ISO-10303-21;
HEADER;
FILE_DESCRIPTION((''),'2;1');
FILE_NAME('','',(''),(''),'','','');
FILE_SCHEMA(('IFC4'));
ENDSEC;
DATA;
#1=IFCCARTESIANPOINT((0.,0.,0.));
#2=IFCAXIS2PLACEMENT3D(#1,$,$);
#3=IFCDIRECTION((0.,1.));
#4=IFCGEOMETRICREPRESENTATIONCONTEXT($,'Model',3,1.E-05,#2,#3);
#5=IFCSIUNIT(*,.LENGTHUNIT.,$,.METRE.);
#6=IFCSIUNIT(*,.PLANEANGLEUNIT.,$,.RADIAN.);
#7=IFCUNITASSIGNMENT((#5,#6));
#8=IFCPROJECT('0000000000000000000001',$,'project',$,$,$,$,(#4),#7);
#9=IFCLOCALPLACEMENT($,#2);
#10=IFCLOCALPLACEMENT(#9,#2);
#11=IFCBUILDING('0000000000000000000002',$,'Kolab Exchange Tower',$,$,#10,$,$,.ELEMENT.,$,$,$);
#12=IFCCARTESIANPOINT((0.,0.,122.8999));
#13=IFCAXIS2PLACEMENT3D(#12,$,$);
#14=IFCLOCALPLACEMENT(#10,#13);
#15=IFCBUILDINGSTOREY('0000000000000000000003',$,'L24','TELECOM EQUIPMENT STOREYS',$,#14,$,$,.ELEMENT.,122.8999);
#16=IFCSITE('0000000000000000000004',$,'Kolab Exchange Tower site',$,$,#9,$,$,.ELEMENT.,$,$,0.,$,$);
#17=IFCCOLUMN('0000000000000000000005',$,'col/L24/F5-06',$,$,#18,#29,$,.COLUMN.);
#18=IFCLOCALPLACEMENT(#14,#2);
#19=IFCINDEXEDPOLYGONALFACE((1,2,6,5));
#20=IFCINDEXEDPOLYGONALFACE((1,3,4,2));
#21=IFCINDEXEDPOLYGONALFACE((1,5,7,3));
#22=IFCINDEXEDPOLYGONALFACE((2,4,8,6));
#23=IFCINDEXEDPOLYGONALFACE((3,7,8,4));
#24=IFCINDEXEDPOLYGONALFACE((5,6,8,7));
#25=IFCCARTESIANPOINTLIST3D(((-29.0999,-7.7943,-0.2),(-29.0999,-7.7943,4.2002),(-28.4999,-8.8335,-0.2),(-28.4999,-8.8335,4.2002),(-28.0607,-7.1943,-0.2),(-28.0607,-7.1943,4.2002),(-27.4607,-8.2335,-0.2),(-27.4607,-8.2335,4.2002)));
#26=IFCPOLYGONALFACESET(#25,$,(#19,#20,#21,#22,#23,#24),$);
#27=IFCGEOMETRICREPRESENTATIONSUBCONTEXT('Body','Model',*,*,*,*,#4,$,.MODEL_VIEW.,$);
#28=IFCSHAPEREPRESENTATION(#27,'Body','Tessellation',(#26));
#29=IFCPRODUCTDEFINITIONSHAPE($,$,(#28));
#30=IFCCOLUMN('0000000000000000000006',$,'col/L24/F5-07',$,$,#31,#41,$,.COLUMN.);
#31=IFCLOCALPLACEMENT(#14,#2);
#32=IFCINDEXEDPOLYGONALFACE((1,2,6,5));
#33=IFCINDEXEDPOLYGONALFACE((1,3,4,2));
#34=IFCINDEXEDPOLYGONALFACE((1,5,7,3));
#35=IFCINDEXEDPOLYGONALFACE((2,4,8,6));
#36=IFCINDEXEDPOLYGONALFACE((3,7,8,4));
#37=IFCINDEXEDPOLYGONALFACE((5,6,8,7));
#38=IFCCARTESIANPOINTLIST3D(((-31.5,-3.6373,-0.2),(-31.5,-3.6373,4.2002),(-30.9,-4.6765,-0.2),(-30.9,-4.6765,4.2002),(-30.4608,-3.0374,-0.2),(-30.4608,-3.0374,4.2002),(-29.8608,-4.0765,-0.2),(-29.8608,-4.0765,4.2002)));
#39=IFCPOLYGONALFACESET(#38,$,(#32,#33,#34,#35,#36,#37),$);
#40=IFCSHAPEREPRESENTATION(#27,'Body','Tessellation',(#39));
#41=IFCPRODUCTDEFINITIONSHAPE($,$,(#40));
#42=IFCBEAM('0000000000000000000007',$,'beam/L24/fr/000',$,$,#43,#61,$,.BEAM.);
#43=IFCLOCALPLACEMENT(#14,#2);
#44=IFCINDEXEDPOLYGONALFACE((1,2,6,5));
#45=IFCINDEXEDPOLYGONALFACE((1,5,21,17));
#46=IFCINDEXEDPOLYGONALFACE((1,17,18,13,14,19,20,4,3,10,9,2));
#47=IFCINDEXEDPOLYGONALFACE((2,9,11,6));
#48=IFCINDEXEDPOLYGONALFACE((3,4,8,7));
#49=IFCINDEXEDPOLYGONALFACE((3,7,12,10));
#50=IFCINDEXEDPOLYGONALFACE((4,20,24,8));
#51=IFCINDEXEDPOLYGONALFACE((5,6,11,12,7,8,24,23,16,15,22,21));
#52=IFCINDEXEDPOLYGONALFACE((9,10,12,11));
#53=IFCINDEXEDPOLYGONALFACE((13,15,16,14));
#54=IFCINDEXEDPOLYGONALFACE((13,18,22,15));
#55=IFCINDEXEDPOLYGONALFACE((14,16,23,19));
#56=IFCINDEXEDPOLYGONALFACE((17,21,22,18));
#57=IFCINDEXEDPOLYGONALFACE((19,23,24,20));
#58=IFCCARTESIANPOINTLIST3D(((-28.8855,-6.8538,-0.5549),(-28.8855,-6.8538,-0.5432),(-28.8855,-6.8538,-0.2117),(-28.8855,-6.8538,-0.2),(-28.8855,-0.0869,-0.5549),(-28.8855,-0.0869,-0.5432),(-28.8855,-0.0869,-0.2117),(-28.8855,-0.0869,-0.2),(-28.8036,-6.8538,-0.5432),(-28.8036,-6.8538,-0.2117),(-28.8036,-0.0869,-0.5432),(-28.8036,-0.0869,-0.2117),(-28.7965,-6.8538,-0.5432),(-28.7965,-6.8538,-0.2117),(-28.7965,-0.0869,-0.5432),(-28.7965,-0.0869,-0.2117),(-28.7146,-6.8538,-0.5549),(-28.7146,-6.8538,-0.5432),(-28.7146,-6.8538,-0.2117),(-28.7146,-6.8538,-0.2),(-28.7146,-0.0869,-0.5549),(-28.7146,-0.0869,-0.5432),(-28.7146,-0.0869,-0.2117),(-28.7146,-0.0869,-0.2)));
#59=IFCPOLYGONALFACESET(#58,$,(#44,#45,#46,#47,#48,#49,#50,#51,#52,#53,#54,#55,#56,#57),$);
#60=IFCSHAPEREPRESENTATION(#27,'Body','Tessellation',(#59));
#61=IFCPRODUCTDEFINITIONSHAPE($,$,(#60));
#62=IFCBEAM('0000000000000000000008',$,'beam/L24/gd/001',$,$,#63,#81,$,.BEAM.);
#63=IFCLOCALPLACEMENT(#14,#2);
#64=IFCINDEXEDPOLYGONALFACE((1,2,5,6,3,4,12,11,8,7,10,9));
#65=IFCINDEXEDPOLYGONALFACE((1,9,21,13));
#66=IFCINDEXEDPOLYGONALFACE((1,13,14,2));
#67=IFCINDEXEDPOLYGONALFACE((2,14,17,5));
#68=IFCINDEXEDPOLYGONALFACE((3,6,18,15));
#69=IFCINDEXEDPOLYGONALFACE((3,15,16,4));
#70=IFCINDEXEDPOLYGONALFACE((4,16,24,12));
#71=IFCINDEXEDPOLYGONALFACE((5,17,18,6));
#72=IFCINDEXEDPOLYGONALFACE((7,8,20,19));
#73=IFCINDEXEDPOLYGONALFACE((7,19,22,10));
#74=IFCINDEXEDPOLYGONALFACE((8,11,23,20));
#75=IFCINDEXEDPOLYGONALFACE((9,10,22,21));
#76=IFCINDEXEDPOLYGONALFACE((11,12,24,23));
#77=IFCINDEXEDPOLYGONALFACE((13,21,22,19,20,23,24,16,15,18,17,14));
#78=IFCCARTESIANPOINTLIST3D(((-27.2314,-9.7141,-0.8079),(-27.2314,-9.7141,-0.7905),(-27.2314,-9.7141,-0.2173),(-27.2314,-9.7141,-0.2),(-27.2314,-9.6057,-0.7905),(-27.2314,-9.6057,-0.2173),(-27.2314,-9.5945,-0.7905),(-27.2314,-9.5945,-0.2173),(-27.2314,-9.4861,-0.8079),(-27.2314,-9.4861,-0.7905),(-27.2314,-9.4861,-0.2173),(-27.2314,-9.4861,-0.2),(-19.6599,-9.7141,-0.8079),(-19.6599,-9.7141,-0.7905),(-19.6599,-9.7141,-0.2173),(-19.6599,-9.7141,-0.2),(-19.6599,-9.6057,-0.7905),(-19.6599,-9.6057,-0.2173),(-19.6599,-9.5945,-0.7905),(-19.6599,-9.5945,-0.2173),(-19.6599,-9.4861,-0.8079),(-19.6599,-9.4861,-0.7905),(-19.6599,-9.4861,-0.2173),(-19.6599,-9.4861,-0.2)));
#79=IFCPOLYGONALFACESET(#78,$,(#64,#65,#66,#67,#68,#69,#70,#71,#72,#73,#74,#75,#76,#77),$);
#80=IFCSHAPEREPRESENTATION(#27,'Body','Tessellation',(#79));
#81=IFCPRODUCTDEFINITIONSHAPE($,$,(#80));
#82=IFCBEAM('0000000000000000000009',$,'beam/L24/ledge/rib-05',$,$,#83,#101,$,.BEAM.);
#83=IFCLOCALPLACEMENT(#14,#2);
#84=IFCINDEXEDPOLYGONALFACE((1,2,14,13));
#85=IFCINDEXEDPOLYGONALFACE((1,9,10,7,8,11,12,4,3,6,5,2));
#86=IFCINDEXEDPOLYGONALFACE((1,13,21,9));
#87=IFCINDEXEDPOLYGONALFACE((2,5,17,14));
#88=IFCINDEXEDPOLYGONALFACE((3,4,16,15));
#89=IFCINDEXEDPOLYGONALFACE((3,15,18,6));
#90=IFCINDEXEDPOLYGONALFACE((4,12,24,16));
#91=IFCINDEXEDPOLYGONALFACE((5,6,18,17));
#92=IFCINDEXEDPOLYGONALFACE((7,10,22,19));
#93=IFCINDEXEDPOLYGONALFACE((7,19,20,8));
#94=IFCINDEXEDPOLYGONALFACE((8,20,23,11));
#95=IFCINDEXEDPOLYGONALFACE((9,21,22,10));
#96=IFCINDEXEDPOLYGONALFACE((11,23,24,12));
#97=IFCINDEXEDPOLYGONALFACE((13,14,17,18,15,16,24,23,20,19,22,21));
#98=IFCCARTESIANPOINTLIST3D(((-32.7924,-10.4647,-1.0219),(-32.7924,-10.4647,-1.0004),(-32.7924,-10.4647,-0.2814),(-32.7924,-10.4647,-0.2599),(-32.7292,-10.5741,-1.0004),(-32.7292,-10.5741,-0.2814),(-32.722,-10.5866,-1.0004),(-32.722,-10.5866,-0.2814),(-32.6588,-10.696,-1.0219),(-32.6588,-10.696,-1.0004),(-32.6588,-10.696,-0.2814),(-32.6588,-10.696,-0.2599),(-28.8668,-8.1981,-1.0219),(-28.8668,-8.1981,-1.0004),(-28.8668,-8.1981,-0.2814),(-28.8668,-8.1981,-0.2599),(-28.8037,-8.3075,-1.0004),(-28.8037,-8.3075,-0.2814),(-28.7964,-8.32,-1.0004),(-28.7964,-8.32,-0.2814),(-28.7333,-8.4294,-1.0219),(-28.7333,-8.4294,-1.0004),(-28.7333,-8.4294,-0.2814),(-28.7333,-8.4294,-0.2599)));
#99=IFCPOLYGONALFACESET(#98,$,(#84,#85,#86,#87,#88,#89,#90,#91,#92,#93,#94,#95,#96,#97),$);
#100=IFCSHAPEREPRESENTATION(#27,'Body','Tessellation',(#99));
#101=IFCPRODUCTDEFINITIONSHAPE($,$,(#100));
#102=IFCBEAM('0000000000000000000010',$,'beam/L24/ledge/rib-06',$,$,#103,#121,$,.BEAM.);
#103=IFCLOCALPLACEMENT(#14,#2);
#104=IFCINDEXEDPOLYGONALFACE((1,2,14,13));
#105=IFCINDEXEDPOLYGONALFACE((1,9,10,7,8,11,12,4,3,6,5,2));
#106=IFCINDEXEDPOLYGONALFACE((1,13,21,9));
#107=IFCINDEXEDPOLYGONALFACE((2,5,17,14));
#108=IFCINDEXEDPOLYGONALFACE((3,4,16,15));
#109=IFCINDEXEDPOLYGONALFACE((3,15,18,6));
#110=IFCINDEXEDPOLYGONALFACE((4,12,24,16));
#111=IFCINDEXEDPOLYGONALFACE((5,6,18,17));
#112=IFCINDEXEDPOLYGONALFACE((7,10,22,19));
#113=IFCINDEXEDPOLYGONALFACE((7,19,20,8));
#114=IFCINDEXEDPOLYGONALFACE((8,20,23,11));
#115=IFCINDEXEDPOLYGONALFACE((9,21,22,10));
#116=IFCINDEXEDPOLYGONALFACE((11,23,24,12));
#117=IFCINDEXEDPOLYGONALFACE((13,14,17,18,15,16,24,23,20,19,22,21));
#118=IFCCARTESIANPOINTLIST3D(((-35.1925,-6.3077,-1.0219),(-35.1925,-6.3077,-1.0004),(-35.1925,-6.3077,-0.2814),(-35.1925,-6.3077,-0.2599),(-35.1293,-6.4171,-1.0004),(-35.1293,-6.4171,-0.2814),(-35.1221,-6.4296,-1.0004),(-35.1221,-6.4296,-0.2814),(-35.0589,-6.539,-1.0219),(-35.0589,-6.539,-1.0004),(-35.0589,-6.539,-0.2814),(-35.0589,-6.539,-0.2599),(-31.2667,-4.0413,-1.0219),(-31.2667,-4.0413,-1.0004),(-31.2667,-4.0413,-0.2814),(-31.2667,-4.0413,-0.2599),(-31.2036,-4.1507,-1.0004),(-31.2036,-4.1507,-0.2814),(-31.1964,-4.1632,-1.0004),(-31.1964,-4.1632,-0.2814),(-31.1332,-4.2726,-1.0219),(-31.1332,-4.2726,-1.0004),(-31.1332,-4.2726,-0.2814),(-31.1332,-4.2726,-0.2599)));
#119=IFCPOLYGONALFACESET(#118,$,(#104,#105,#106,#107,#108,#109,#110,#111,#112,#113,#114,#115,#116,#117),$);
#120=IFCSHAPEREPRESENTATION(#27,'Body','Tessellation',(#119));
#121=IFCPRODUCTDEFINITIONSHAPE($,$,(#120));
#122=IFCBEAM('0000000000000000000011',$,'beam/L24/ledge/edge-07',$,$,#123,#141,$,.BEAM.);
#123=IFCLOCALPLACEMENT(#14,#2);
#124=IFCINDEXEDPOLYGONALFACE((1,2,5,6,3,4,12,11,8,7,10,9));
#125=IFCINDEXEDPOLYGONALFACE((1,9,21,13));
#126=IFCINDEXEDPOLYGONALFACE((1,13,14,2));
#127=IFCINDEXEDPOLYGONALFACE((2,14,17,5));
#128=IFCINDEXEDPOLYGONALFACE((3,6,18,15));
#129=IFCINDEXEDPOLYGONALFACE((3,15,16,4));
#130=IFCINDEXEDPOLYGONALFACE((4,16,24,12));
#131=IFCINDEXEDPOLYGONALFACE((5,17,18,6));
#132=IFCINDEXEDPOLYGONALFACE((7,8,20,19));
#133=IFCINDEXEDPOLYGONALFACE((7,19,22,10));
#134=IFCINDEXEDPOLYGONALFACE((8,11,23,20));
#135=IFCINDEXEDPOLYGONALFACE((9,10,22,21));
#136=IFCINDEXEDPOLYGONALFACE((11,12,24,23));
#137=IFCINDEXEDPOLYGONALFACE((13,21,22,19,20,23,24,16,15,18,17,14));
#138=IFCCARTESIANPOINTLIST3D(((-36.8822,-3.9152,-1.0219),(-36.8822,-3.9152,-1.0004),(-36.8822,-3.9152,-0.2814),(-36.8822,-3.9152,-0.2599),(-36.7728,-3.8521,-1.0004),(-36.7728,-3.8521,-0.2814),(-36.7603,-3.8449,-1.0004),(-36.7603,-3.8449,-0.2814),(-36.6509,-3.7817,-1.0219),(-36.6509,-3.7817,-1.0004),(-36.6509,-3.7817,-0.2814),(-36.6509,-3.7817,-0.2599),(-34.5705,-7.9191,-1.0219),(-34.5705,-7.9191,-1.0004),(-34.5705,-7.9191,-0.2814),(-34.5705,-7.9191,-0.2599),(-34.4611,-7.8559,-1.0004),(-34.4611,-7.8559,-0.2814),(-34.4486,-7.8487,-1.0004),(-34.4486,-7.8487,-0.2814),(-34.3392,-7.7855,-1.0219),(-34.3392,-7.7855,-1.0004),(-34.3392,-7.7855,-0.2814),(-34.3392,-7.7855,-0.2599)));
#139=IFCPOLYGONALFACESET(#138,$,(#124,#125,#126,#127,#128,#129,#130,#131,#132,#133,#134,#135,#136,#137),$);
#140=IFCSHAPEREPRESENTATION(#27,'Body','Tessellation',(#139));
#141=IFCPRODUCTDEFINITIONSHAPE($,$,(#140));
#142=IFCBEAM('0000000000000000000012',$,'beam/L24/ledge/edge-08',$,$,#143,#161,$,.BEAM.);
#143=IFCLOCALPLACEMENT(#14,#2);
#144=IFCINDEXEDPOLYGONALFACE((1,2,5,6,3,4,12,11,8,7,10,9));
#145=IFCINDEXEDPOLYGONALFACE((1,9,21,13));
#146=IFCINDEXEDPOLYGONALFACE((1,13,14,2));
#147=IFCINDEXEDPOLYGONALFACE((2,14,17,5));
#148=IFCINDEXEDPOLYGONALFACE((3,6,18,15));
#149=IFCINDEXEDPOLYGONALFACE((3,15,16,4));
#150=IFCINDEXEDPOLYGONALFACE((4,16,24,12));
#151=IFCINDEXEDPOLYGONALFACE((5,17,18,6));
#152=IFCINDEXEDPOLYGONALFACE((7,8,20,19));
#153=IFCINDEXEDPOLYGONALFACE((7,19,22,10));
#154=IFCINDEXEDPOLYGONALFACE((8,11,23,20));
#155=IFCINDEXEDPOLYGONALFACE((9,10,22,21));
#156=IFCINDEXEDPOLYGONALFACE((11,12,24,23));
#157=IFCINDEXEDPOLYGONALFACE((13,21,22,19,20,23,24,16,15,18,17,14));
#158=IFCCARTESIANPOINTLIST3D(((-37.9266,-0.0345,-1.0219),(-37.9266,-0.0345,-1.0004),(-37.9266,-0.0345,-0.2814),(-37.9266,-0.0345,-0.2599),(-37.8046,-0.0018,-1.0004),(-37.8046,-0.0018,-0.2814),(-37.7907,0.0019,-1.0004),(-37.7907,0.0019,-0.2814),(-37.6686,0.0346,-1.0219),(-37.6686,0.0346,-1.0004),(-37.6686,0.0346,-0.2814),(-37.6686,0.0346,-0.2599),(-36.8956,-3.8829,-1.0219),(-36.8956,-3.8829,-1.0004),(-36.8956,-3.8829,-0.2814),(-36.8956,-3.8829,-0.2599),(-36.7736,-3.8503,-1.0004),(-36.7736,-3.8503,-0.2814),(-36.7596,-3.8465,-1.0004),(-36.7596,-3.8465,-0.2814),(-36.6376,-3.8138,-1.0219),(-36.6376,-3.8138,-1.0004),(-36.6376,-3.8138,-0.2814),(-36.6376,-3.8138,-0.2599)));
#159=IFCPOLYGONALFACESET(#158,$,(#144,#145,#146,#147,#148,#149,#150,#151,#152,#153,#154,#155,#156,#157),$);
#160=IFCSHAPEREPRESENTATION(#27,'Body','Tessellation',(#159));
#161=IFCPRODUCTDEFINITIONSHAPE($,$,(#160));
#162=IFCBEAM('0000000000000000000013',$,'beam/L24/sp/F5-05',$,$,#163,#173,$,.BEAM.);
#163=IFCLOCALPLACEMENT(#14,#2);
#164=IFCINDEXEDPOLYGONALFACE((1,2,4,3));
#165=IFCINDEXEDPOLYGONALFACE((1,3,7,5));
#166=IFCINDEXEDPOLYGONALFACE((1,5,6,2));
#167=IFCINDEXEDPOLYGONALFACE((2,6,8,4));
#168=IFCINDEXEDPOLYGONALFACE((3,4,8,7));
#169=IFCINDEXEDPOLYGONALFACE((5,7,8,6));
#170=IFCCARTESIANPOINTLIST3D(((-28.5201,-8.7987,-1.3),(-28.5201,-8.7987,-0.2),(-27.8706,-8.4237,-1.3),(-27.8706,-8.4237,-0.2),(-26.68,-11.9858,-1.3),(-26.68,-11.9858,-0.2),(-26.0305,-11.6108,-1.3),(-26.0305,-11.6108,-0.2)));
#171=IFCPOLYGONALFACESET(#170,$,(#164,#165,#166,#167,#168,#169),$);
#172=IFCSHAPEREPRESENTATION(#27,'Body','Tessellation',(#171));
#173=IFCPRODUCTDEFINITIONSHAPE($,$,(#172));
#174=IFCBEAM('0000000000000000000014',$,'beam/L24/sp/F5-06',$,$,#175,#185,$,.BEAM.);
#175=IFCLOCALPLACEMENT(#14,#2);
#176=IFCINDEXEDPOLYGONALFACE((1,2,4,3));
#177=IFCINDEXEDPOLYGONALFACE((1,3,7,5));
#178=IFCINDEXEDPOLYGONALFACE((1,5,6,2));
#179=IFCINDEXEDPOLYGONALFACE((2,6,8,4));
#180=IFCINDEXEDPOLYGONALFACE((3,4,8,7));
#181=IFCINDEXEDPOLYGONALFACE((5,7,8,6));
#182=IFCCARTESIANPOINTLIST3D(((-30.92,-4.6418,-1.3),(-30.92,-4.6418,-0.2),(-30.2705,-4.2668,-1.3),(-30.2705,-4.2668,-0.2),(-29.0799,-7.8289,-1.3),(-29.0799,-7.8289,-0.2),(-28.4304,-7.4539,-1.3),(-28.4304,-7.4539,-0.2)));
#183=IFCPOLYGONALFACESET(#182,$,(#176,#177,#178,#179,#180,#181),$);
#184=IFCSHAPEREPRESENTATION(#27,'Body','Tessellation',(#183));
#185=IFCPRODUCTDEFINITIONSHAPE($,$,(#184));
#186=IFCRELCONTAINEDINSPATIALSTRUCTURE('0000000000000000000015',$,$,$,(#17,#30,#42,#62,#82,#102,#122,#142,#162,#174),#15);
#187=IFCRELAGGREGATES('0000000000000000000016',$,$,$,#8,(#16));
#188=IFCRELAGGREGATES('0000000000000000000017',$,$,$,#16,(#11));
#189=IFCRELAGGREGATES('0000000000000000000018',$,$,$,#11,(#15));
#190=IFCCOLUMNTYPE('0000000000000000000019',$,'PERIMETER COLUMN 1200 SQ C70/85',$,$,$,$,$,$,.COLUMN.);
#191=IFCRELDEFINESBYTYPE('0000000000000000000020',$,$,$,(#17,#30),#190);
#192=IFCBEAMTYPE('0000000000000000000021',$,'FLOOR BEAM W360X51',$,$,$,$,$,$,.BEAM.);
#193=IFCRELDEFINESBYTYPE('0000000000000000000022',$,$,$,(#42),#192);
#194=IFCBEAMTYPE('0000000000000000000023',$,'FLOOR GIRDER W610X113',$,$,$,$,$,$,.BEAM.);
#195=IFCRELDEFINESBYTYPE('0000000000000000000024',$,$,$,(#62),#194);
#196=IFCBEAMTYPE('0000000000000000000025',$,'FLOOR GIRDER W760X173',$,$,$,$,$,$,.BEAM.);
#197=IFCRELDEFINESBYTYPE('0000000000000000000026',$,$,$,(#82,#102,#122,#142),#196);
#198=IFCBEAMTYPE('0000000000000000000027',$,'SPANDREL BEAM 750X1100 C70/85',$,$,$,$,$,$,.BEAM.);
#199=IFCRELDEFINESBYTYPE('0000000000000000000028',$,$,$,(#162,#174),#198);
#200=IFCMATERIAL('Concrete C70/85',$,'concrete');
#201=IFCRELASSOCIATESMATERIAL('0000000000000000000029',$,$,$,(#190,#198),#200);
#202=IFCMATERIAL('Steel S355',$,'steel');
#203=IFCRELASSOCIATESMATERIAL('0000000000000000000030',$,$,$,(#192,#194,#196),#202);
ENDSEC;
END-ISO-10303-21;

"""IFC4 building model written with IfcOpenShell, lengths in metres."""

from ifc_helpers import new_model, si_unit, direction, frame, origin, origin_2d, place, context, subcontext, project, spatial, rectangle, i_section, extrude, material, material_profile, profile_set, type_object, element, save


model = new_model("IFC4")

# Units and contexts
model_context = context("Model", 3, precision=1e-05, world=origin(), true_north=direction((0.0, 1.0)))
body_context = subcontext(model_context, "Body", "Model", "MODEL_VIEW")
ifc_project = project(units=[si_unit("LENGTHUNIT", "METRE"), si_unit("PLANEANGLEUNIT", "RADIAN")], contexts=[model_context])

# Site, building, storey
site_placement = place(None, origin())
site = spatial("IfcSite", under=ifc_project, at=site_placement, Name="Kolab Exchange Tower site", CompositionType="ELEMENT", RefElevation=0.0)
building_placement = place(site_placement, origin())
building = spatial("IfcBuilding", under=site, at=building_placement, Name="Kolab Exchange Tower", CompositionType="ELEMENT")
storey_placement = place(building_placement, frame((0.0, 0.0, 122.8999)))
storey = spatial("IfcBuildingStorey", under=building, at=storey_placement, Name="L24", Description="TELECOM EQUIPMENT STOREYS", CompositionType="ELEMENT", Elevation=122.8999)

# Columns
ifc_material_1 = material(Name="Concrete C70/85", Category="concrete")
ifc_material_profile_1 = material_profile(ifc_material_1, rectangle(XDim=1.2, YDim=1.2, at=origin_2d()), Name="RC1200")
ifc_profile_set_1 = profile_set([ifc_material_profile_1], Name="Concrete C70/85")
column_type = type_object("IfcColumnType", Name="PERIMETER COLUMN 1200 SQ C70/85", PredefinedType="COLUMN", material=ifc_profile_set_1)
for number, where, z_axis, x_axis, name in (
    (1, (-28.2803, -8.0139, -0.2), (0.0, 0.0, 1.0), (0.866025, 0.5, 0.0), "col/L24/F5-06"),
    (2, (-30.6804, -3.8569, -0.2), (0.0, 0.0, 1.0), (0.866025, 0.5, 0.0), "col/L24/F5-07"),
):
    element("IfcColumn", number, at=place(storey_placement, frame(where, z_axis=z_axis, x_axis=x_axis)), inside=storey, type_object=column_type, Name=name, PredefinedType="COLUMN", context=body_context, shape_type="SweptSolid", body=[
        extrude(rectangle(XDim=1.2, YDim=1.2, at=origin_2d()), origin(), (0.0, 0.0, 1.0), 4.4001),
    ])

# Beams
ifc_material_2 = material(Name="Steel S355", Category="steel")
ifc_material_profile_2 = material_profile(ifc_material_2, i_section(OverallWidth=0.1709, OverallDepth=0.355, WebThickness=0.0071, FlangeThickness=0.0117, at=origin_2d()), Name="W360X51")
ifc_profile_set_2 = profile_set([ifc_material_profile_2], Name="Steel S355")
beam_type_1 = type_object("IfcBeamType", Name="FLOOR BEAM W360X51", PredefinedType="BEAM", material=ifc_profile_set_2)
beam_1_placement = place(storey_placement, frame((-28.8, -6.8538, -0.3774), z_axis=(0.0, 1.0, 0.0), x_axis=(-1.0, 0.0, 0.0)))
element("IfcBeam", 3, at=beam_1_placement, inside=storey, type_object=beam_type_1, Name="beam/L24/fr/000", PredefinedType="BEAM", context=body_context, shape_type="SweptSolid", body=[
    extrude(i_section(OverallWidth=0.1709, OverallDepth=0.355, WebThickness=0.0071, FlangeThickness=0.0117, at=origin_2d()), origin(), (0.0, 0.0, 1.0), 6.7668),
])
ifc_material_profile_3 = material_profile(ifc_material_2, i_section(OverallWidth=0.228, OverallDepth=0.6079, WebThickness=0.0112, FlangeThickness=0.0173, at=origin_2d()), Name="W610X113")
ifc_profile_set_3 = profile_set([ifc_material_profile_3], Name="Steel S355")
beam_type_2 = type_object("IfcBeamType", Name="FLOOR GIRDER W610X113", PredefinedType="BEAM", material=ifc_profile_set_3)
beam_2_placement = place(storey_placement, frame((-27.2314, -9.6001, -0.5039), z_axis=(1.0, 0.0, 0.0), x_axis=(0.0, 1.0, 0.0)))
element("IfcBeam", 4, at=beam_2_placement, inside=storey, type_object=beam_type_2, Name="beam/L24/gd/001", PredefinedType="BEAM", context=body_context, shape_type="SweptSolid", body=[
    extrude(i_section(OverallWidth=0.228, OverallDepth=0.6079, WebThickness=0.0112, FlangeThickness=0.0173, at=origin_2d()), origin(), (0.0, 0.0, 1.0), 7.5715),
])
ifc_material_profile_4 = material_profile(ifc_material_2, i_section(OverallWidth=0.2671, OverallDepth=0.762, WebThickness=0.0144, FlangeThickness=0.0215, at=origin_2d()), Name="W760X173")
ifc_profile_set_4 = profile_set([ifc_material_profile_4], Name="Steel S355")
beam_type_3 = type_object("IfcBeamType", Name="FLOOR GIRDER W760X173", PredefinedType="BEAM", material=ifc_profile_set_4)
for number, where, z_axis, x_axis, name in (
    (5, (-28.8, -8.3137, -0.6409), (-0.866007, -0.500032, 0.0), (0.500032, -0.866007, 0.0), "beam/L24/ledge/rib-05"),
    (6, (-31.2, -4.157, -0.6409), (-0.866044, -0.499968, 0.0), (0.499968, -0.866044, 0.0), "beam/L24/ledge/rib-06"),
):
    element("IfcBeam", number, at=place(storey_placement, frame(where, z_axis=z_axis, x_axis=x_axis)), inside=storey, type_object=beam_type_3, Name=name, PredefinedType="BEAM", context=body_context, shape_type="SweptSolid", body=[
        extrude(i_section(OverallWidth=0.2671, OverallDepth=0.762, WebThickness=0.0144, FlangeThickness=0.0215, at=origin_2d()), origin(), (0.0, 0.0, 1.0), 4.533),
    ])
beam_3_placement = place(storey_placement, frame((-34.4548, -7.8523, -0.6409), z_axis=(-0.500018, 0.866015, 0.0), x_axis=(-0.866015, -0.500018, 0.0)))
element("IfcBeam", 7, at=beam_3_placement, inside=storey, type_object=beam_type_3, Name="beam/L24/ledge/edge-07", PredefinedType="BEAM", context=body_context, shape_type="SweptSolid", body=[
    extrude(i_section(OverallWidth=0.2671, OverallDepth=0.762, WebThickness=0.0144, FlangeThickness=0.0215, at=origin_2d()), origin(), (0.0, 0.0, 1.0), 4.6233),
])
beam_4_placement = place(storey_placement, frame((-36.7666, -3.8484, -0.6409), z_axis=(-0.25878, 0.965936, 0.0), x_axis=(-0.965936, -0.25878, 0.0)))
element("IfcBeam", 8, at=beam_4_placement, inside=storey, type_object=beam_type_3, Name="beam/L24/ledge/edge-08", PredefinedType="BEAM", context=body_context, shape_type="SweptSolid", body=[
    extrude(i_section(OverallWidth=0.2671, OverallDepth=0.762, WebThickness=0.0144, FlangeThickness=0.0215, at=origin_2d()), origin(), (0.0, 0.0, 1.0), 3.9841),
])
ifc_material_profile_5 = material_profile(ifc_material_1, rectangle(XDim=0.75, YDim=1.1001, at=origin_2d()), Name="RC750X1100")
ifc_profile_set_5 = profile_set([ifc_material_profile_5], Name="Concrete C70/85")
beam_type_4 = type_object("IfcBeamType", Name="SPANDREL BEAM 750X1100 C70/85", PredefinedType="BEAM", material=ifc_profile_set_5)
for number, where, z_axis, x_axis, name in (
    (9, (-26.3552, -11.7983, -0.75), (-0.500013, 0.866018, 0.0), (-0.866018, -0.500013, 0.0), "beam/L24/sp/F5-05"),
    (10, (-28.7551, -7.6414, -0.75), (-0.500013, 0.866018, 0.0), (-0.866018, -0.500013, 0.0), "beam/L24/sp/F5-06"),
):
    element("IfcBeam", number, at=place(storey_placement, frame(where, z_axis=z_axis, x_axis=x_axis)), inside=storey, type_object=beam_type_4, Name=name, PredefinedType="BEAM", context=body_context, shape_type="SweptSolid", body=[
        extrude(rectangle(XDim=0.75, YDim=1.1001, at=origin_2d()), origin(), (0.0, 0.0, 1.0), 3.6802),
    ])

save(model, "model.ifc")
